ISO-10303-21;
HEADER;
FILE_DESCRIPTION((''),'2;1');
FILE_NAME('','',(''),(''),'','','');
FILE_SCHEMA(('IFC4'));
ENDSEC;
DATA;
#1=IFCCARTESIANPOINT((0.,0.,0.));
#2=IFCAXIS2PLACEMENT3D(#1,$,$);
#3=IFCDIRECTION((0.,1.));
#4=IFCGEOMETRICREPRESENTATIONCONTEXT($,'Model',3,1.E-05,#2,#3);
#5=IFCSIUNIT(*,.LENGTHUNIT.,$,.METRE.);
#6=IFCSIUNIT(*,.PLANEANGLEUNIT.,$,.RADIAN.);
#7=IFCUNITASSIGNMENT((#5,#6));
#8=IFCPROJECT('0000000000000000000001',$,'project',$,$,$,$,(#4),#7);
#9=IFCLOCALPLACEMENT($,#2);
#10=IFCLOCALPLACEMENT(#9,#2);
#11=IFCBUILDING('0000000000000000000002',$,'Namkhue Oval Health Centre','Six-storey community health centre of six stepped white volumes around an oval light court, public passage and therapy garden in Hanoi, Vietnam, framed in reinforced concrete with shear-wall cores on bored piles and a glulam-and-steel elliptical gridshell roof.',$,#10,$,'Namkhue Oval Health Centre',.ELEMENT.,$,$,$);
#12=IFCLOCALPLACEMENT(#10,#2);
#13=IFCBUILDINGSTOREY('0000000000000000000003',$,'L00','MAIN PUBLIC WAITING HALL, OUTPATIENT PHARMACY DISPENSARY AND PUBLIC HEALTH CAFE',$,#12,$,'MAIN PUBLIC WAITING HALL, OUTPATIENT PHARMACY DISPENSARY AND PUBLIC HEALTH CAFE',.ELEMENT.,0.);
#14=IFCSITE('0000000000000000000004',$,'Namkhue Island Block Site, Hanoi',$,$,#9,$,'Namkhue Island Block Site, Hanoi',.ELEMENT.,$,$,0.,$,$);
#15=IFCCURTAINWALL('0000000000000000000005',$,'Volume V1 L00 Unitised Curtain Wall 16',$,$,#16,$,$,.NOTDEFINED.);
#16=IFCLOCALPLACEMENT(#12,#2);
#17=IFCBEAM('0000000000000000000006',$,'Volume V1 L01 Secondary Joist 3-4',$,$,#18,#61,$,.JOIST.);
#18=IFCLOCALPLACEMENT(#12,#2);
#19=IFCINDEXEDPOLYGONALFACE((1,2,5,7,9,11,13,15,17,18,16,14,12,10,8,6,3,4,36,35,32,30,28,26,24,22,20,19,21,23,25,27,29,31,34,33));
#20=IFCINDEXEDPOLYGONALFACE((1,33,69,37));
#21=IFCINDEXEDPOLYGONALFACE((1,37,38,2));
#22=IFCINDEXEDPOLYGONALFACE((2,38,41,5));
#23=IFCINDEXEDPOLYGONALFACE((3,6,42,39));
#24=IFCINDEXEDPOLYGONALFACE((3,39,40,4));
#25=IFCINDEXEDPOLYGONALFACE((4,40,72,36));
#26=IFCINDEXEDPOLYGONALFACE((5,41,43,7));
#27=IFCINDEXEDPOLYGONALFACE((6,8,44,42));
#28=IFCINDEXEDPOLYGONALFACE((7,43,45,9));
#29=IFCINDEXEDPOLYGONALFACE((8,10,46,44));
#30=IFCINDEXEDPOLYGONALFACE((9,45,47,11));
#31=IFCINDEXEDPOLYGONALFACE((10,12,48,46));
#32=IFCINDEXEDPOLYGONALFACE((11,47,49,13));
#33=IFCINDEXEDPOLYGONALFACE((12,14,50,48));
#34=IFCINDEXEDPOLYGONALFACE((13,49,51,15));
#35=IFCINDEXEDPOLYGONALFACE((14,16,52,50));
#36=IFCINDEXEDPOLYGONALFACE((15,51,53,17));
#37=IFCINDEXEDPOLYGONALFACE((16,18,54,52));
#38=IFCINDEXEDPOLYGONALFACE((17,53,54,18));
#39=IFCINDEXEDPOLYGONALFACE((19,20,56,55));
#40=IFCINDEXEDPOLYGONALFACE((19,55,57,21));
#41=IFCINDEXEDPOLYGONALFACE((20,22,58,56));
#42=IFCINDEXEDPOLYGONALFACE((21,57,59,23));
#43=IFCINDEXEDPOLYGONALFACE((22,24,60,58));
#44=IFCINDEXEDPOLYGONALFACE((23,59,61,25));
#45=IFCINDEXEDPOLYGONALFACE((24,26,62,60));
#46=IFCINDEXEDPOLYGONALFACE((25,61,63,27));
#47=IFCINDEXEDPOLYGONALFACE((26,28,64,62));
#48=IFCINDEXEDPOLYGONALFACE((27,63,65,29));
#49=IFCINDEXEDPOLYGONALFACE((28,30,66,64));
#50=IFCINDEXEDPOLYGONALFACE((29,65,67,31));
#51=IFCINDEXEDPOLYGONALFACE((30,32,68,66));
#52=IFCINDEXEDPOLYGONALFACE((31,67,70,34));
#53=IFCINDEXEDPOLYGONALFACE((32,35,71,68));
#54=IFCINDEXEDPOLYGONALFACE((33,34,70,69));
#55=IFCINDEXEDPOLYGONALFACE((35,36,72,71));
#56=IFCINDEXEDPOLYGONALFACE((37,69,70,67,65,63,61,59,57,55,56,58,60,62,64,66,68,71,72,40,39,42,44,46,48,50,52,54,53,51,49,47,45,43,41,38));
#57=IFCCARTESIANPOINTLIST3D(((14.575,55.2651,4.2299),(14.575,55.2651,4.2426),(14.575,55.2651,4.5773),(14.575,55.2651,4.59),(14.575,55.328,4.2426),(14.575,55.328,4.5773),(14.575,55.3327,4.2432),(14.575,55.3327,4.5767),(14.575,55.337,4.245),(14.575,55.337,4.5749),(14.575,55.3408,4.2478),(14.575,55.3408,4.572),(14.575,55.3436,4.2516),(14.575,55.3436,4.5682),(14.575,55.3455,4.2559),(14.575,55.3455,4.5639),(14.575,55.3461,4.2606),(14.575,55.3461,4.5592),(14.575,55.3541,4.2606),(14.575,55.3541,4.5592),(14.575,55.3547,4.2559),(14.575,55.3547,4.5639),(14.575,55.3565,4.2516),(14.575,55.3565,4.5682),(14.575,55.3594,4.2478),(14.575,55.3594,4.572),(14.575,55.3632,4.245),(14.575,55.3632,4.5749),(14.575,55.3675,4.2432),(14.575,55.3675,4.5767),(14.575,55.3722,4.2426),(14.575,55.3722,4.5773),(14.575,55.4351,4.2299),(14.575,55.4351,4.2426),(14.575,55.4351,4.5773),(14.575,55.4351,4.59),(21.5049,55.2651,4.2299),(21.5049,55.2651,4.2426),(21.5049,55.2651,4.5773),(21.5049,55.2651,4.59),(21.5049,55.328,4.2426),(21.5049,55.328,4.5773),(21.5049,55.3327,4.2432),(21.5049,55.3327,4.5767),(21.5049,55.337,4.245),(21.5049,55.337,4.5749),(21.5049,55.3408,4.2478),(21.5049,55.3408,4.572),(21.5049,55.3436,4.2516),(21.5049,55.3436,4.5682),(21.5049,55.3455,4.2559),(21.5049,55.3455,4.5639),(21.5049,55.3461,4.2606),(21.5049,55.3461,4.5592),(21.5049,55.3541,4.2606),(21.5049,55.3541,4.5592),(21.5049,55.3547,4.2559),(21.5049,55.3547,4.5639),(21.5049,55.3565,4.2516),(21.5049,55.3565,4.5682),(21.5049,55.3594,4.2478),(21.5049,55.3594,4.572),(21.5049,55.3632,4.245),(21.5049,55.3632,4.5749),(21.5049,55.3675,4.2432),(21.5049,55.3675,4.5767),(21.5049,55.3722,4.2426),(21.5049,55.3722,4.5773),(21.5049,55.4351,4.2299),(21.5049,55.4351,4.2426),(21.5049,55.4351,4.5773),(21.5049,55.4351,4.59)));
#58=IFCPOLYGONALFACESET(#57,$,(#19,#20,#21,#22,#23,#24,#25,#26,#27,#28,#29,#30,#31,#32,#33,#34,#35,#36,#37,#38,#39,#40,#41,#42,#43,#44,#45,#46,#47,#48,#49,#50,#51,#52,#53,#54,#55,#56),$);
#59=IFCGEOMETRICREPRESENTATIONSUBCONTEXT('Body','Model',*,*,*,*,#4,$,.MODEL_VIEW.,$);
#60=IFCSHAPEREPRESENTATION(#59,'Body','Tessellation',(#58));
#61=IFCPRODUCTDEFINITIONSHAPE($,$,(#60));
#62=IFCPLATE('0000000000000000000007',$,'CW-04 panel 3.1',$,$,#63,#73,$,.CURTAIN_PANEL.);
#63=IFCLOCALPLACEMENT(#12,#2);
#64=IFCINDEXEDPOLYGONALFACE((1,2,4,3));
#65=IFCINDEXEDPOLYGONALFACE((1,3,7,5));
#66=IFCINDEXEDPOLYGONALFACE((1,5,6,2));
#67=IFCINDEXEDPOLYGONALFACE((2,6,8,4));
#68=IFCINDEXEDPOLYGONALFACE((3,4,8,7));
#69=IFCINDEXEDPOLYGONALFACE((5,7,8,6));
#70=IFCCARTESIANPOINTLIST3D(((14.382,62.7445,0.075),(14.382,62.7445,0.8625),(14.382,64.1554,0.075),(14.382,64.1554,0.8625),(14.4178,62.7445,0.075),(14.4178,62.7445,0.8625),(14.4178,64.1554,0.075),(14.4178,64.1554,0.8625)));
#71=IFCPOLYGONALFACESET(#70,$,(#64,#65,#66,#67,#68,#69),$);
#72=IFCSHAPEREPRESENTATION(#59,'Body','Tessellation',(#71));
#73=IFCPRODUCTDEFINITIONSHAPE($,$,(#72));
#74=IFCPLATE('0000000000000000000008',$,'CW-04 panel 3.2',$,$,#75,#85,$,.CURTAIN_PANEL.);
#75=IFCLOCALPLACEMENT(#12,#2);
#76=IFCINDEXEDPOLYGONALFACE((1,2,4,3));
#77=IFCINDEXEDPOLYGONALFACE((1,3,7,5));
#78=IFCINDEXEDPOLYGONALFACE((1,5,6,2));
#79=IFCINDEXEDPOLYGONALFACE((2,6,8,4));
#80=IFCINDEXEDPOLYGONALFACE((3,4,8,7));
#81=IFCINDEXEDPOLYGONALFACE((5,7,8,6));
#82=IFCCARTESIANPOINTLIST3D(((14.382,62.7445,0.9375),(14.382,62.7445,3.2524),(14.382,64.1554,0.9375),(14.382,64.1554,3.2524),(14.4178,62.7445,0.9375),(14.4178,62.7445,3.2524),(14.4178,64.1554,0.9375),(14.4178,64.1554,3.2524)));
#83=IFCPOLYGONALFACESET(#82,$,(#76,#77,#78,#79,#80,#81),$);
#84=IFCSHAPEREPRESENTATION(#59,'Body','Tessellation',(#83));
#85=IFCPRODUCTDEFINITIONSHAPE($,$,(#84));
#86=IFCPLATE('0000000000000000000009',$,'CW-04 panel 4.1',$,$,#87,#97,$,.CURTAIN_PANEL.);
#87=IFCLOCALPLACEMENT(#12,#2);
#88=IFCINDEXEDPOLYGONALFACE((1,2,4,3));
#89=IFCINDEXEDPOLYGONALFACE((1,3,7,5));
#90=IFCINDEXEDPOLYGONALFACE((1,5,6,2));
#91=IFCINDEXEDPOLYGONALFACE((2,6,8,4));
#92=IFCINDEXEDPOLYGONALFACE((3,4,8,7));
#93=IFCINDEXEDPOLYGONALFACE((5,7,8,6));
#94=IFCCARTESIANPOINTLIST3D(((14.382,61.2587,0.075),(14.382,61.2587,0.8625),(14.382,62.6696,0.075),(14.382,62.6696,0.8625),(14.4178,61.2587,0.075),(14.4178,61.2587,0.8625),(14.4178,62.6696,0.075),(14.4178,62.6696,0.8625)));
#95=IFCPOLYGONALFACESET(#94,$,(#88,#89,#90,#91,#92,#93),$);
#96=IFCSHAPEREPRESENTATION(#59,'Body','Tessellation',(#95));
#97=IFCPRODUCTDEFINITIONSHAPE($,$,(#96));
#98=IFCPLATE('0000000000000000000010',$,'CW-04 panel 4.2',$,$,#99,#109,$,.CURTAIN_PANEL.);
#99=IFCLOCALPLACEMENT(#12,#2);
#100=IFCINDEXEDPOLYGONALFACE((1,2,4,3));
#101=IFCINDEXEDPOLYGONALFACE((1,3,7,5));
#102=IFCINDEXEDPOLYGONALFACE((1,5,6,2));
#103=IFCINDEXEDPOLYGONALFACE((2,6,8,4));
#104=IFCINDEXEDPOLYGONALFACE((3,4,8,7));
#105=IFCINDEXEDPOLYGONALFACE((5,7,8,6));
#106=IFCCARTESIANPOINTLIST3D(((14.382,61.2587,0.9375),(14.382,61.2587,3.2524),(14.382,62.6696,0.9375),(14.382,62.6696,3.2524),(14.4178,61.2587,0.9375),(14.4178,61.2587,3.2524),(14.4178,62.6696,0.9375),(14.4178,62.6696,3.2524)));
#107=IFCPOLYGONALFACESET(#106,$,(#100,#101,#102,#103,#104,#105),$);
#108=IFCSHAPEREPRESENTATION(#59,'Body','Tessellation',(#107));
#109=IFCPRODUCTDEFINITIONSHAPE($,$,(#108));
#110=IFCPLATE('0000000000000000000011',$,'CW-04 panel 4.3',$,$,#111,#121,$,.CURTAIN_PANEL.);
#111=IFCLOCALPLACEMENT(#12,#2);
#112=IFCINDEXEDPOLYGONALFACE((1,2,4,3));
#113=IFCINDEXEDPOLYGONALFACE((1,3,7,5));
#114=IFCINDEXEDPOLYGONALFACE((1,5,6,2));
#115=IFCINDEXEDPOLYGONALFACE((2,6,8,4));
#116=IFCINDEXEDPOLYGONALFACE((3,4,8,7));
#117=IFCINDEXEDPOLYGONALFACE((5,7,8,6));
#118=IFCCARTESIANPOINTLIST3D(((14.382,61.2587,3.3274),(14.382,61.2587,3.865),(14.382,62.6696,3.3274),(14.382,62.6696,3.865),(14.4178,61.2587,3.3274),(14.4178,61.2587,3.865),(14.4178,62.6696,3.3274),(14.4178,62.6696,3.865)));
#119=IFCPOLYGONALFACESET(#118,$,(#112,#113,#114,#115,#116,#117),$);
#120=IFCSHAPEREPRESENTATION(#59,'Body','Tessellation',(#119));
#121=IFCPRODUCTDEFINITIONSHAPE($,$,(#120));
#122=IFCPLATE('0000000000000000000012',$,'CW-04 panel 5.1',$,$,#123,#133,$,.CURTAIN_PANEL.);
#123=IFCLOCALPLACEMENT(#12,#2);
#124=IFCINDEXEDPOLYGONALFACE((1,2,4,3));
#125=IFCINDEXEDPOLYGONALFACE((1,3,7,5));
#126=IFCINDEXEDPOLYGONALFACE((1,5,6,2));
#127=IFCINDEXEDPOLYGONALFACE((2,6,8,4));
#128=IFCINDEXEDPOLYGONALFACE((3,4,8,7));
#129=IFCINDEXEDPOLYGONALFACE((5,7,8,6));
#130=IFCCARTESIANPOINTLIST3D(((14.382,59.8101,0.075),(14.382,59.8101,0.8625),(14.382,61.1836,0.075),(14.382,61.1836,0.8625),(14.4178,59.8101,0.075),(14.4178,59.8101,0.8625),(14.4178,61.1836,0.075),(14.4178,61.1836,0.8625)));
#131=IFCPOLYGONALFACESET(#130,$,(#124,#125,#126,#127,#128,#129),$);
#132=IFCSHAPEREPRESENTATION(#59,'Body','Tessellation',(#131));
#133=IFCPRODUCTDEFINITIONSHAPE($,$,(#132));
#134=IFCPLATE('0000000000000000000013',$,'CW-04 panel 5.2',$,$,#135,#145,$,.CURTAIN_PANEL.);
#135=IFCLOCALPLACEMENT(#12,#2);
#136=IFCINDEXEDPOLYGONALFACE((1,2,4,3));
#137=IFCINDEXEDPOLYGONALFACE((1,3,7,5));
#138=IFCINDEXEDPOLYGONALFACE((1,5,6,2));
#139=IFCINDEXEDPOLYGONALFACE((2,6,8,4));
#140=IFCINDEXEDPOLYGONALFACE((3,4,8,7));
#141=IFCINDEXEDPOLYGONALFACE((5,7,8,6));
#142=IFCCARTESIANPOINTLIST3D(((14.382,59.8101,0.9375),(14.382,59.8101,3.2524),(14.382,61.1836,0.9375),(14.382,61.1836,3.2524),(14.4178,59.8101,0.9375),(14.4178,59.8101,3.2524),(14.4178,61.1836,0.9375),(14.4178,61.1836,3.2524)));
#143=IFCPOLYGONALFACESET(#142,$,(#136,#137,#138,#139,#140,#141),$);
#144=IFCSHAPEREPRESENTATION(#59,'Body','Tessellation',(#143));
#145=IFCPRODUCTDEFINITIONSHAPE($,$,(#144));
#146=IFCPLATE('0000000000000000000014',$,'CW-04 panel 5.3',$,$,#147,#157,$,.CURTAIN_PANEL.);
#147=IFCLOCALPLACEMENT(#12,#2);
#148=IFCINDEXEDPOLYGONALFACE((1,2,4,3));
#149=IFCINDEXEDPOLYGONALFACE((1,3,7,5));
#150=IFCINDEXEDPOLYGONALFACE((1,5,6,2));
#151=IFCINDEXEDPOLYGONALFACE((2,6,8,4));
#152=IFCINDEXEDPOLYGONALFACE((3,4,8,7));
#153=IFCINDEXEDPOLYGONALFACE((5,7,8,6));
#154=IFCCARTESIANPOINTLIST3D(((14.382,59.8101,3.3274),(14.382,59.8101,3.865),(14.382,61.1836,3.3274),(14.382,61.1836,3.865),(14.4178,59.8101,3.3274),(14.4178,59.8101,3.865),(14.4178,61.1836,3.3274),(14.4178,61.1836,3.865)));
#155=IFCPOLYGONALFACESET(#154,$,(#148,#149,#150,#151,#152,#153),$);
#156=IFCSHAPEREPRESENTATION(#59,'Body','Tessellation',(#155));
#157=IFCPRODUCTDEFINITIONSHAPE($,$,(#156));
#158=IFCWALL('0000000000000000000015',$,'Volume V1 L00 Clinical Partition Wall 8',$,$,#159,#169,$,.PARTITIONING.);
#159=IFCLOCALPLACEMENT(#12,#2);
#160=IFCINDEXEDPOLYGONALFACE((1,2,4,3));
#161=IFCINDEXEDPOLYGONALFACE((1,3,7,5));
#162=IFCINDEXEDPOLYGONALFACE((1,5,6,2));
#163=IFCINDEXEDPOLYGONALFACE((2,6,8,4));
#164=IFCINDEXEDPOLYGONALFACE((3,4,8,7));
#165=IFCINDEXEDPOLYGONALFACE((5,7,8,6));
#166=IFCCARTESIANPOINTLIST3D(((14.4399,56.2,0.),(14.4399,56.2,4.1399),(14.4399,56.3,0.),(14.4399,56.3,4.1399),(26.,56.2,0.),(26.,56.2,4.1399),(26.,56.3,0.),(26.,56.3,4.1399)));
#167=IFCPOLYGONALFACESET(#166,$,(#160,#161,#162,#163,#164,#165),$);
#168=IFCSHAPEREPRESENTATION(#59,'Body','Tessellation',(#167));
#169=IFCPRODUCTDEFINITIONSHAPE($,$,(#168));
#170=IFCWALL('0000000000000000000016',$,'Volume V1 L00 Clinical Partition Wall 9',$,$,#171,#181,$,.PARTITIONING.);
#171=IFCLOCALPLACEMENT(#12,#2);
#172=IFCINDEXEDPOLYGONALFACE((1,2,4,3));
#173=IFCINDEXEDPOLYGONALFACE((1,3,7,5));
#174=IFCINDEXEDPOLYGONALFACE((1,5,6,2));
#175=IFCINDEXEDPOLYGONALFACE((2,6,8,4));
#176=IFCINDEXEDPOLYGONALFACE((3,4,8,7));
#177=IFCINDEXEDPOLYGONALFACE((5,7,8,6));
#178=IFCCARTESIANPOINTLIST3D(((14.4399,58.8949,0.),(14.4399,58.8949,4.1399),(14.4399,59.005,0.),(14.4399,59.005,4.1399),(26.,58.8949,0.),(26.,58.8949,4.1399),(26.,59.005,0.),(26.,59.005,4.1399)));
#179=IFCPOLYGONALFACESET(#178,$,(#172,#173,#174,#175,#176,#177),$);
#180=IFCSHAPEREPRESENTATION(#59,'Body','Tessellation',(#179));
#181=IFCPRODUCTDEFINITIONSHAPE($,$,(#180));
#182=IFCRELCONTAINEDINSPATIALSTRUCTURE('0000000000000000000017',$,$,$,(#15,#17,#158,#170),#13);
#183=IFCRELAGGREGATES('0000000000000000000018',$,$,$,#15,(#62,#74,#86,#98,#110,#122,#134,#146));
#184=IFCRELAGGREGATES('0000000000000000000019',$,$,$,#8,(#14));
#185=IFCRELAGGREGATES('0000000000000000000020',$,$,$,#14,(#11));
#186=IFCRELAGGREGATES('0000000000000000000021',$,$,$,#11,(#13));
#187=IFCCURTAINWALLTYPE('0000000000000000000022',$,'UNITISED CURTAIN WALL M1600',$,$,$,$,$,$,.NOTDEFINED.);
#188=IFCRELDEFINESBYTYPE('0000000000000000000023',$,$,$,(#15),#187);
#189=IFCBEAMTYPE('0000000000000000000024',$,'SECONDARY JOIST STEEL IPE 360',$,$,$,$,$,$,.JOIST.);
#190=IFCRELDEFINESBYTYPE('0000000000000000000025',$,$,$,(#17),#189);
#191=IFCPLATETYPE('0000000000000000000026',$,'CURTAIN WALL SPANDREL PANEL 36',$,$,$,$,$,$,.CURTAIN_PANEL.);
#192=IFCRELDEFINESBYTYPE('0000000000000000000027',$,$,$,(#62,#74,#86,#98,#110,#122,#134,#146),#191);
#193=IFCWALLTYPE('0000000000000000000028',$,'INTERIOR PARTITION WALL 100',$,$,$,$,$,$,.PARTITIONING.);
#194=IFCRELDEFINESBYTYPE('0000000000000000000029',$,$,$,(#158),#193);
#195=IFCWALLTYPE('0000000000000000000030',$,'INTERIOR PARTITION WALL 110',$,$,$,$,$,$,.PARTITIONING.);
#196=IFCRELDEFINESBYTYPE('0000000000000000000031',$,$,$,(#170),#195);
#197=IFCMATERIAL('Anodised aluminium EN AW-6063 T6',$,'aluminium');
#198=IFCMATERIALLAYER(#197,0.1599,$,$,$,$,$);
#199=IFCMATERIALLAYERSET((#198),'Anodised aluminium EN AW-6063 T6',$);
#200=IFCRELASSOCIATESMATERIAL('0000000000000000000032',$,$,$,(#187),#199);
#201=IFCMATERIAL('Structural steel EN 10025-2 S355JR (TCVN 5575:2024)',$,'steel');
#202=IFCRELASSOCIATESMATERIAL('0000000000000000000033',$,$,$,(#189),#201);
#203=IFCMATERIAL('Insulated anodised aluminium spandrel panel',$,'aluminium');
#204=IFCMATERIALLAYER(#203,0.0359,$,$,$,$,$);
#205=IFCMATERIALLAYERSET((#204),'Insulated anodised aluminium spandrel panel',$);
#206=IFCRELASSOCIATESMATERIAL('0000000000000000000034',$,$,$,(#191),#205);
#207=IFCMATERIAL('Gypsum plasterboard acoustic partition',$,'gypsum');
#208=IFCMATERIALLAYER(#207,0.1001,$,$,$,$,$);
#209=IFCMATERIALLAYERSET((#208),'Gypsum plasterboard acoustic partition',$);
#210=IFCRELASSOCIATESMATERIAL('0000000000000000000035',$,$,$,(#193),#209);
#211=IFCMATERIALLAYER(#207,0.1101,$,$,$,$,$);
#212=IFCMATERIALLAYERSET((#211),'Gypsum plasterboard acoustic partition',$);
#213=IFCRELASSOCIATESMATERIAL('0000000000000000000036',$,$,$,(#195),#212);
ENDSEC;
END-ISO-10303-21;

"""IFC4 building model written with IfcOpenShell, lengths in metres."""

from ifc_helpers import new_model, si_unit, direction, frame, frame_2d, origin, origin_2d, place, context, subcontext, project, spatial, rectangle, i_section, extrude, material, layer, layer_set, material_profile, profile_set, type_object, element, aggregate, save


model = new_model("IFC4")

# Units and contexts
model_context = context("Model", 3, precision=1e-05, world=origin(), true_north=direction((0.0, 1.0)))
body_context = subcontext(model_context, "Body", "Model", "MODEL_VIEW")
ifc_project = project(units=[si_unit("LENGTHUNIT", "METRE"), si_unit("PLANEANGLEUNIT", "RADIAN")], contexts=[model_context])

# Site, building, storey
site_placement = place(None, origin())
site = spatial("IfcSite", under=ifc_project, at=site_placement, Name="Namkhue Island Block Site, Hanoi", LongName="Namkhue Island Block Site, Hanoi", CompositionType="ELEMENT", RefElevation=0.0)
building_placement = place(site_placement, origin())
building = spatial("IfcBuilding", under=site, at=building_placement, Name="Namkhue Oval Health Centre", Description="Six-storey community health centre of six stepped white volumes around an oval light court, public passage and therapy garden in Hanoi, Vietnam, framed in reinforced concrete with shear-wall cores on bored piles and a glulam-and-steel elliptical gridshell roof.", LongName="Namkhue Oval Health Centre", CompositionType="ELEMENT")
storey_placement = place(building_placement, origin())
storey = spatial("IfcBuildingStorey", under=building, at=storey_placement, Name="L00", Description="MAIN PUBLIC WAITING HALL, OUTPATIENT PHARMACY DISPENSARY AND PUBLIC HEALTH CAFE", LongName="MAIN PUBLIC WAITING HALL, OUTPATIENT PHARMACY DISPENSARY AND PUBLIC HEALTH CAFE", CompositionType="ELEMENT", Elevation=0.0)

# Shared definitions
ifc_material_1 = material(Name="Anodised aluminium EN AW-6063 T6", Category="aluminium")

# Curtain wall
ifc_layer_1 = layer(ifc_material_1, 0.1599)
ifc_layer_set_1 = layer_set([ifc_layer_1], Name="Anodised aluminium EN AW-6063 T6")
curtain_wall_type_1 = type_object("IfcCurtainWallType", Name="UNITISED CURTAIN WALL M1600", PredefinedType="NOTDEFINED", material=ifc_layer_set_1)
curtain_wall_1_placement = place(storey_placement, origin())
curtain_wall_1 = element("IfcCurtainWall", 1, at=curtain_wall_1_placement, inside=storey, type_object=curtain_wall_type_1, Name="Volume V1 L00 Unitised Curtain Wall 16", PredefinedType="NOTDEFINED")

# Beam
ifc_material_2 = material(Name="Structural steel EN 10025-2 S355JR (TCVN 5575:2024)", Category="steel")
ifc_material_profile_1 = material_profile(ifc_material_2, i_section(OverallWidth=0.1699, OverallDepth=0.3601, WebThickness=0.0081, FlangeThickness=0.0127, FilletRadius=0.0181, at=origin_2d()), Name="IPE 360")
ifc_profile_set_1 = profile_set([ifc_material_profile_1], Name="Structural steel EN 10025-2 S355JR (TCVN 5575:2024)")
beam_type_1 = type_object("IfcBeamType", Name="SECONDARY JOIST STEEL IPE 360", PredefinedType="JOIST", material=ifc_profile_set_1)
beam_1_placement = place(storey_placement, frame((14.575, 55.3501, 4.4099), z_axis=(1.0, 0.0, 0.0), x_axis=(0.0, 1.0, 0.0)))
element("IfcBeam", 2, at=beam_1_placement, inside=storey, type_object=beam_type_1, Name="Volume V1 L01 Secondary Joist 3-4", PredefinedType="JOIST", context=body_context, shape_type="SweptSolid", body=[
    extrude(i_section(OverallWidth=0.1699, OverallDepth=0.3601, WebThickness=0.0081, FlangeThickness=0.0127, FilletRadius=0.0181, at=origin_2d()), origin(), (0.0, 0.0, 1.0), 6.9299),
])

# Plates
ifc_material_3 = material(Name="Insulated anodised aluminium spandrel panel", Category="aluminium")
ifc_layer_2 = layer(ifc_material_3, 0.0359)
ifc_layer_set_2 = layer_set([ifc_layer_2], Name="Insulated anodised aluminium spandrel panel")
plate_type = type_object("IfcPlateType", Name="CURTAIN WALL SPANDREL PANEL 36", PredefinedType="CURTAIN_PANEL", material=ifc_layer_set_2)
plate_1_placement = place(storey_placement, frame((14.3999, 63.45, 0.075), z_axis=(0.0, 0.0, 1.0), x_axis=(0.0, -1.0, 0.0)))
plate_1 = element("IfcPlate", 3, at=plate_1_placement, type_object=plate_type, Name="CW-04 panel 3.1", PredefinedType="CURTAIN_PANEL", context=body_context, shape_type="SweptSolid", body=[
    extrude(rectangle(XDim=1.4109, YDim=0.0359, at=origin_2d()), origin(), (0.0, 0.0, 1.0), 0.7876),
])
plate_2_placement = place(storey_placement, frame((14.3999, 63.45, 0.9375), z_axis=(0.0, 0.0, 1.0), x_axis=(0.0, -1.0, 0.0)))
plate_2 = element("IfcPlate", 4, at=plate_2_placement, type_object=plate_type, Name="CW-04 panel 3.2", PredefinedType="CURTAIN_PANEL", context=body_context, shape_type="SweptSolid", body=[
    extrude(rectangle(XDim=1.4109, YDim=0.0359, at=origin_2d()), origin(), (0.0, 0.0, 1.0), 2.3149),
])
plate_3_placement = place(storey_placement, frame((14.3999, 61.9641, 0.075), z_axis=(0.0, 0.0, 1.0), x_axis=(0.0, -1.0, 0.0)))
plate_3 = element("IfcPlate", 5, at=plate_3_placement, type_object=plate_type, Name="CW-04 panel 4.1", PredefinedType="CURTAIN_PANEL", context=body_context, shape_type="SweptSolid", body=[
    extrude(rectangle(XDim=1.4109, YDim=0.0359, at=origin_2d()), origin(), (0.0, 0.0, 1.0), 0.7876),
])
plate_4_placement = place(storey_placement, frame((14.3999, 61.9641, 0.9375), z_axis=(0.0, 0.0, 1.0), x_axis=(0.0, -1.0, 0.0)))
plate_4 = element("IfcPlate", 6, at=plate_4_placement, type_object=plate_type, Name="CW-04 panel 4.2", PredefinedType="CURTAIN_PANEL", context=body_context, shape_type="SweptSolid", body=[
    extrude(rectangle(XDim=1.4109, YDim=0.0359, at=origin_2d()), origin(), (0.0, 0.0, 1.0), 2.3149),
])
plate_5_placement = place(storey_placement, frame((14.3999, 61.9641, 3.3274), z_axis=(0.0, 0.0, 1.0), x_axis=(0.0, -1.0, 0.0)))
plate_5 = element("IfcPlate", 7, at=plate_5_placement, type_object=plate_type, Name="CW-04 panel 4.3", PredefinedType="CURTAIN_PANEL", context=body_context, shape_type="SweptSolid", body=[
    extrude(rectangle(XDim=1.4109, YDim=0.0359, at=origin_2d()), origin(), (0.0, 0.0, 1.0), 0.5376),
])
plate_6_placement = place(storey_placement, frame((14.3999, 60.4968, 0.075), z_axis=(0.0, 0.0, 1.0), x_axis=(0.0, -1.0, 0.0)))
plate_6 = element("IfcPlate", 8, at=plate_6_placement, type_object=plate_type, Name="CW-04 panel 5.1", PredefinedType="CURTAIN_PANEL", context=body_context, shape_type="SweptSolid", body=[
    extrude(rectangle(XDim=1.3735, YDim=0.0359, at=origin_2d()), origin(), (0.0, 0.0, 1.0), 0.7876),
])
plate_7_placement = place(storey_placement, frame((14.3999, 60.4968, 0.9375), z_axis=(0.0, 0.0, 1.0), x_axis=(0.0, -1.0, 0.0)))
plate_7 = element("IfcPlate", 9, at=plate_7_placement, type_object=plate_type, Name="CW-04 panel 5.2", PredefinedType="CURTAIN_PANEL", context=body_context, shape_type="SweptSolid", body=[
    extrude(rectangle(XDim=1.3735, YDim=0.0359, at=origin_2d()), origin(), (0.0, 0.0, 1.0), 2.3149),
])
plate_8_placement = place(storey_placement, frame((14.3999, 60.4968, 3.3274), z_axis=(0.0, 0.0, 1.0), x_axis=(0.0, -1.0, 0.0)))
plate_8 = element("IfcPlate", 10, at=plate_8_placement, type_object=plate_type, Name="CW-04 panel 5.3", PredefinedType="CURTAIN_PANEL", context=body_context, shape_type="SweptSolid", body=[
    extrude(rectangle(XDim=1.3735, YDim=0.0359, at=origin_2d()), origin(), (0.0, 0.0, 1.0), 0.5376),
])
aggregate(curtain_wall_1, [plate_1, plate_2, plate_3, plate_4, plate_5, plate_6, plate_7, plate_8])

# Walls
ifc_material_4 = material(Name="Gypsum plasterboard acoustic partition", Category="gypsum")
ifc_layer_3 = layer(ifc_material_4, 0.1001)
ifc_layer_set_3 = layer_set([ifc_layer_3], Name="Gypsum plasterboard acoustic partition")
wall_type_1 = type_object("IfcWallType", Name="INTERIOR PARTITION WALL 100", PredefinedType="PARTITIONING", material=ifc_layer_set_3)
wall_1_placement = place(storey_placement, frame((14.4399, 56.25, 0.0), z_axis=(0.0, 0.0, 1.0), x_axis=(1.0, 0.0, 0.0)))
element("IfcWall", 11, at=wall_1_placement, inside=storey, type_object=wall_type_1, Name="Volume V1 L00 Clinical Partition Wall 8", PredefinedType="PARTITIONING", context=body_context, shape_type="SweptSolid", body=[
    extrude(rectangle(XDim=11.5601, YDim=0.1001, at=frame_2d((5.78, 0.0))), origin(), (0.0, 0.0, 1.0), 4.1399),
])
ifc_layer_4 = layer(ifc_material_4, 0.1101)
ifc_layer_set_4 = layer_set([ifc_layer_4], Name="Gypsum plasterboard acoustic partition")
wall_type_2 = type_object("IfcWallType", Name="INTERIOR PARTITION WALL 110", PredefinedType="PARTITIONING", material=ifc_layer_set_4)
wall_2_placement = place(storey_placement, frame((14.4399, 58.95, 0.0), z_axis=(0.0, 0.0, 1.0), x_axis=(1.0, 0.0, 0.0)))
element("IfcWall", 12, at=wall_2_placement, inside=storey, type_object=wall_type_2, Name="Volume V1 L00 Clinical Partition Wall 9", PredefinedType="PARTITIONING", context=body_context, shape_type="SweptSolid", body=[
    extrude(rectangle(XDim=11.5601, YDim=0.1101, at=frame_2d((5.78, 0.0))), origin(), (0.0, 0.0, 1.0), 4.1399),
])

save(model, "model.ifc")
